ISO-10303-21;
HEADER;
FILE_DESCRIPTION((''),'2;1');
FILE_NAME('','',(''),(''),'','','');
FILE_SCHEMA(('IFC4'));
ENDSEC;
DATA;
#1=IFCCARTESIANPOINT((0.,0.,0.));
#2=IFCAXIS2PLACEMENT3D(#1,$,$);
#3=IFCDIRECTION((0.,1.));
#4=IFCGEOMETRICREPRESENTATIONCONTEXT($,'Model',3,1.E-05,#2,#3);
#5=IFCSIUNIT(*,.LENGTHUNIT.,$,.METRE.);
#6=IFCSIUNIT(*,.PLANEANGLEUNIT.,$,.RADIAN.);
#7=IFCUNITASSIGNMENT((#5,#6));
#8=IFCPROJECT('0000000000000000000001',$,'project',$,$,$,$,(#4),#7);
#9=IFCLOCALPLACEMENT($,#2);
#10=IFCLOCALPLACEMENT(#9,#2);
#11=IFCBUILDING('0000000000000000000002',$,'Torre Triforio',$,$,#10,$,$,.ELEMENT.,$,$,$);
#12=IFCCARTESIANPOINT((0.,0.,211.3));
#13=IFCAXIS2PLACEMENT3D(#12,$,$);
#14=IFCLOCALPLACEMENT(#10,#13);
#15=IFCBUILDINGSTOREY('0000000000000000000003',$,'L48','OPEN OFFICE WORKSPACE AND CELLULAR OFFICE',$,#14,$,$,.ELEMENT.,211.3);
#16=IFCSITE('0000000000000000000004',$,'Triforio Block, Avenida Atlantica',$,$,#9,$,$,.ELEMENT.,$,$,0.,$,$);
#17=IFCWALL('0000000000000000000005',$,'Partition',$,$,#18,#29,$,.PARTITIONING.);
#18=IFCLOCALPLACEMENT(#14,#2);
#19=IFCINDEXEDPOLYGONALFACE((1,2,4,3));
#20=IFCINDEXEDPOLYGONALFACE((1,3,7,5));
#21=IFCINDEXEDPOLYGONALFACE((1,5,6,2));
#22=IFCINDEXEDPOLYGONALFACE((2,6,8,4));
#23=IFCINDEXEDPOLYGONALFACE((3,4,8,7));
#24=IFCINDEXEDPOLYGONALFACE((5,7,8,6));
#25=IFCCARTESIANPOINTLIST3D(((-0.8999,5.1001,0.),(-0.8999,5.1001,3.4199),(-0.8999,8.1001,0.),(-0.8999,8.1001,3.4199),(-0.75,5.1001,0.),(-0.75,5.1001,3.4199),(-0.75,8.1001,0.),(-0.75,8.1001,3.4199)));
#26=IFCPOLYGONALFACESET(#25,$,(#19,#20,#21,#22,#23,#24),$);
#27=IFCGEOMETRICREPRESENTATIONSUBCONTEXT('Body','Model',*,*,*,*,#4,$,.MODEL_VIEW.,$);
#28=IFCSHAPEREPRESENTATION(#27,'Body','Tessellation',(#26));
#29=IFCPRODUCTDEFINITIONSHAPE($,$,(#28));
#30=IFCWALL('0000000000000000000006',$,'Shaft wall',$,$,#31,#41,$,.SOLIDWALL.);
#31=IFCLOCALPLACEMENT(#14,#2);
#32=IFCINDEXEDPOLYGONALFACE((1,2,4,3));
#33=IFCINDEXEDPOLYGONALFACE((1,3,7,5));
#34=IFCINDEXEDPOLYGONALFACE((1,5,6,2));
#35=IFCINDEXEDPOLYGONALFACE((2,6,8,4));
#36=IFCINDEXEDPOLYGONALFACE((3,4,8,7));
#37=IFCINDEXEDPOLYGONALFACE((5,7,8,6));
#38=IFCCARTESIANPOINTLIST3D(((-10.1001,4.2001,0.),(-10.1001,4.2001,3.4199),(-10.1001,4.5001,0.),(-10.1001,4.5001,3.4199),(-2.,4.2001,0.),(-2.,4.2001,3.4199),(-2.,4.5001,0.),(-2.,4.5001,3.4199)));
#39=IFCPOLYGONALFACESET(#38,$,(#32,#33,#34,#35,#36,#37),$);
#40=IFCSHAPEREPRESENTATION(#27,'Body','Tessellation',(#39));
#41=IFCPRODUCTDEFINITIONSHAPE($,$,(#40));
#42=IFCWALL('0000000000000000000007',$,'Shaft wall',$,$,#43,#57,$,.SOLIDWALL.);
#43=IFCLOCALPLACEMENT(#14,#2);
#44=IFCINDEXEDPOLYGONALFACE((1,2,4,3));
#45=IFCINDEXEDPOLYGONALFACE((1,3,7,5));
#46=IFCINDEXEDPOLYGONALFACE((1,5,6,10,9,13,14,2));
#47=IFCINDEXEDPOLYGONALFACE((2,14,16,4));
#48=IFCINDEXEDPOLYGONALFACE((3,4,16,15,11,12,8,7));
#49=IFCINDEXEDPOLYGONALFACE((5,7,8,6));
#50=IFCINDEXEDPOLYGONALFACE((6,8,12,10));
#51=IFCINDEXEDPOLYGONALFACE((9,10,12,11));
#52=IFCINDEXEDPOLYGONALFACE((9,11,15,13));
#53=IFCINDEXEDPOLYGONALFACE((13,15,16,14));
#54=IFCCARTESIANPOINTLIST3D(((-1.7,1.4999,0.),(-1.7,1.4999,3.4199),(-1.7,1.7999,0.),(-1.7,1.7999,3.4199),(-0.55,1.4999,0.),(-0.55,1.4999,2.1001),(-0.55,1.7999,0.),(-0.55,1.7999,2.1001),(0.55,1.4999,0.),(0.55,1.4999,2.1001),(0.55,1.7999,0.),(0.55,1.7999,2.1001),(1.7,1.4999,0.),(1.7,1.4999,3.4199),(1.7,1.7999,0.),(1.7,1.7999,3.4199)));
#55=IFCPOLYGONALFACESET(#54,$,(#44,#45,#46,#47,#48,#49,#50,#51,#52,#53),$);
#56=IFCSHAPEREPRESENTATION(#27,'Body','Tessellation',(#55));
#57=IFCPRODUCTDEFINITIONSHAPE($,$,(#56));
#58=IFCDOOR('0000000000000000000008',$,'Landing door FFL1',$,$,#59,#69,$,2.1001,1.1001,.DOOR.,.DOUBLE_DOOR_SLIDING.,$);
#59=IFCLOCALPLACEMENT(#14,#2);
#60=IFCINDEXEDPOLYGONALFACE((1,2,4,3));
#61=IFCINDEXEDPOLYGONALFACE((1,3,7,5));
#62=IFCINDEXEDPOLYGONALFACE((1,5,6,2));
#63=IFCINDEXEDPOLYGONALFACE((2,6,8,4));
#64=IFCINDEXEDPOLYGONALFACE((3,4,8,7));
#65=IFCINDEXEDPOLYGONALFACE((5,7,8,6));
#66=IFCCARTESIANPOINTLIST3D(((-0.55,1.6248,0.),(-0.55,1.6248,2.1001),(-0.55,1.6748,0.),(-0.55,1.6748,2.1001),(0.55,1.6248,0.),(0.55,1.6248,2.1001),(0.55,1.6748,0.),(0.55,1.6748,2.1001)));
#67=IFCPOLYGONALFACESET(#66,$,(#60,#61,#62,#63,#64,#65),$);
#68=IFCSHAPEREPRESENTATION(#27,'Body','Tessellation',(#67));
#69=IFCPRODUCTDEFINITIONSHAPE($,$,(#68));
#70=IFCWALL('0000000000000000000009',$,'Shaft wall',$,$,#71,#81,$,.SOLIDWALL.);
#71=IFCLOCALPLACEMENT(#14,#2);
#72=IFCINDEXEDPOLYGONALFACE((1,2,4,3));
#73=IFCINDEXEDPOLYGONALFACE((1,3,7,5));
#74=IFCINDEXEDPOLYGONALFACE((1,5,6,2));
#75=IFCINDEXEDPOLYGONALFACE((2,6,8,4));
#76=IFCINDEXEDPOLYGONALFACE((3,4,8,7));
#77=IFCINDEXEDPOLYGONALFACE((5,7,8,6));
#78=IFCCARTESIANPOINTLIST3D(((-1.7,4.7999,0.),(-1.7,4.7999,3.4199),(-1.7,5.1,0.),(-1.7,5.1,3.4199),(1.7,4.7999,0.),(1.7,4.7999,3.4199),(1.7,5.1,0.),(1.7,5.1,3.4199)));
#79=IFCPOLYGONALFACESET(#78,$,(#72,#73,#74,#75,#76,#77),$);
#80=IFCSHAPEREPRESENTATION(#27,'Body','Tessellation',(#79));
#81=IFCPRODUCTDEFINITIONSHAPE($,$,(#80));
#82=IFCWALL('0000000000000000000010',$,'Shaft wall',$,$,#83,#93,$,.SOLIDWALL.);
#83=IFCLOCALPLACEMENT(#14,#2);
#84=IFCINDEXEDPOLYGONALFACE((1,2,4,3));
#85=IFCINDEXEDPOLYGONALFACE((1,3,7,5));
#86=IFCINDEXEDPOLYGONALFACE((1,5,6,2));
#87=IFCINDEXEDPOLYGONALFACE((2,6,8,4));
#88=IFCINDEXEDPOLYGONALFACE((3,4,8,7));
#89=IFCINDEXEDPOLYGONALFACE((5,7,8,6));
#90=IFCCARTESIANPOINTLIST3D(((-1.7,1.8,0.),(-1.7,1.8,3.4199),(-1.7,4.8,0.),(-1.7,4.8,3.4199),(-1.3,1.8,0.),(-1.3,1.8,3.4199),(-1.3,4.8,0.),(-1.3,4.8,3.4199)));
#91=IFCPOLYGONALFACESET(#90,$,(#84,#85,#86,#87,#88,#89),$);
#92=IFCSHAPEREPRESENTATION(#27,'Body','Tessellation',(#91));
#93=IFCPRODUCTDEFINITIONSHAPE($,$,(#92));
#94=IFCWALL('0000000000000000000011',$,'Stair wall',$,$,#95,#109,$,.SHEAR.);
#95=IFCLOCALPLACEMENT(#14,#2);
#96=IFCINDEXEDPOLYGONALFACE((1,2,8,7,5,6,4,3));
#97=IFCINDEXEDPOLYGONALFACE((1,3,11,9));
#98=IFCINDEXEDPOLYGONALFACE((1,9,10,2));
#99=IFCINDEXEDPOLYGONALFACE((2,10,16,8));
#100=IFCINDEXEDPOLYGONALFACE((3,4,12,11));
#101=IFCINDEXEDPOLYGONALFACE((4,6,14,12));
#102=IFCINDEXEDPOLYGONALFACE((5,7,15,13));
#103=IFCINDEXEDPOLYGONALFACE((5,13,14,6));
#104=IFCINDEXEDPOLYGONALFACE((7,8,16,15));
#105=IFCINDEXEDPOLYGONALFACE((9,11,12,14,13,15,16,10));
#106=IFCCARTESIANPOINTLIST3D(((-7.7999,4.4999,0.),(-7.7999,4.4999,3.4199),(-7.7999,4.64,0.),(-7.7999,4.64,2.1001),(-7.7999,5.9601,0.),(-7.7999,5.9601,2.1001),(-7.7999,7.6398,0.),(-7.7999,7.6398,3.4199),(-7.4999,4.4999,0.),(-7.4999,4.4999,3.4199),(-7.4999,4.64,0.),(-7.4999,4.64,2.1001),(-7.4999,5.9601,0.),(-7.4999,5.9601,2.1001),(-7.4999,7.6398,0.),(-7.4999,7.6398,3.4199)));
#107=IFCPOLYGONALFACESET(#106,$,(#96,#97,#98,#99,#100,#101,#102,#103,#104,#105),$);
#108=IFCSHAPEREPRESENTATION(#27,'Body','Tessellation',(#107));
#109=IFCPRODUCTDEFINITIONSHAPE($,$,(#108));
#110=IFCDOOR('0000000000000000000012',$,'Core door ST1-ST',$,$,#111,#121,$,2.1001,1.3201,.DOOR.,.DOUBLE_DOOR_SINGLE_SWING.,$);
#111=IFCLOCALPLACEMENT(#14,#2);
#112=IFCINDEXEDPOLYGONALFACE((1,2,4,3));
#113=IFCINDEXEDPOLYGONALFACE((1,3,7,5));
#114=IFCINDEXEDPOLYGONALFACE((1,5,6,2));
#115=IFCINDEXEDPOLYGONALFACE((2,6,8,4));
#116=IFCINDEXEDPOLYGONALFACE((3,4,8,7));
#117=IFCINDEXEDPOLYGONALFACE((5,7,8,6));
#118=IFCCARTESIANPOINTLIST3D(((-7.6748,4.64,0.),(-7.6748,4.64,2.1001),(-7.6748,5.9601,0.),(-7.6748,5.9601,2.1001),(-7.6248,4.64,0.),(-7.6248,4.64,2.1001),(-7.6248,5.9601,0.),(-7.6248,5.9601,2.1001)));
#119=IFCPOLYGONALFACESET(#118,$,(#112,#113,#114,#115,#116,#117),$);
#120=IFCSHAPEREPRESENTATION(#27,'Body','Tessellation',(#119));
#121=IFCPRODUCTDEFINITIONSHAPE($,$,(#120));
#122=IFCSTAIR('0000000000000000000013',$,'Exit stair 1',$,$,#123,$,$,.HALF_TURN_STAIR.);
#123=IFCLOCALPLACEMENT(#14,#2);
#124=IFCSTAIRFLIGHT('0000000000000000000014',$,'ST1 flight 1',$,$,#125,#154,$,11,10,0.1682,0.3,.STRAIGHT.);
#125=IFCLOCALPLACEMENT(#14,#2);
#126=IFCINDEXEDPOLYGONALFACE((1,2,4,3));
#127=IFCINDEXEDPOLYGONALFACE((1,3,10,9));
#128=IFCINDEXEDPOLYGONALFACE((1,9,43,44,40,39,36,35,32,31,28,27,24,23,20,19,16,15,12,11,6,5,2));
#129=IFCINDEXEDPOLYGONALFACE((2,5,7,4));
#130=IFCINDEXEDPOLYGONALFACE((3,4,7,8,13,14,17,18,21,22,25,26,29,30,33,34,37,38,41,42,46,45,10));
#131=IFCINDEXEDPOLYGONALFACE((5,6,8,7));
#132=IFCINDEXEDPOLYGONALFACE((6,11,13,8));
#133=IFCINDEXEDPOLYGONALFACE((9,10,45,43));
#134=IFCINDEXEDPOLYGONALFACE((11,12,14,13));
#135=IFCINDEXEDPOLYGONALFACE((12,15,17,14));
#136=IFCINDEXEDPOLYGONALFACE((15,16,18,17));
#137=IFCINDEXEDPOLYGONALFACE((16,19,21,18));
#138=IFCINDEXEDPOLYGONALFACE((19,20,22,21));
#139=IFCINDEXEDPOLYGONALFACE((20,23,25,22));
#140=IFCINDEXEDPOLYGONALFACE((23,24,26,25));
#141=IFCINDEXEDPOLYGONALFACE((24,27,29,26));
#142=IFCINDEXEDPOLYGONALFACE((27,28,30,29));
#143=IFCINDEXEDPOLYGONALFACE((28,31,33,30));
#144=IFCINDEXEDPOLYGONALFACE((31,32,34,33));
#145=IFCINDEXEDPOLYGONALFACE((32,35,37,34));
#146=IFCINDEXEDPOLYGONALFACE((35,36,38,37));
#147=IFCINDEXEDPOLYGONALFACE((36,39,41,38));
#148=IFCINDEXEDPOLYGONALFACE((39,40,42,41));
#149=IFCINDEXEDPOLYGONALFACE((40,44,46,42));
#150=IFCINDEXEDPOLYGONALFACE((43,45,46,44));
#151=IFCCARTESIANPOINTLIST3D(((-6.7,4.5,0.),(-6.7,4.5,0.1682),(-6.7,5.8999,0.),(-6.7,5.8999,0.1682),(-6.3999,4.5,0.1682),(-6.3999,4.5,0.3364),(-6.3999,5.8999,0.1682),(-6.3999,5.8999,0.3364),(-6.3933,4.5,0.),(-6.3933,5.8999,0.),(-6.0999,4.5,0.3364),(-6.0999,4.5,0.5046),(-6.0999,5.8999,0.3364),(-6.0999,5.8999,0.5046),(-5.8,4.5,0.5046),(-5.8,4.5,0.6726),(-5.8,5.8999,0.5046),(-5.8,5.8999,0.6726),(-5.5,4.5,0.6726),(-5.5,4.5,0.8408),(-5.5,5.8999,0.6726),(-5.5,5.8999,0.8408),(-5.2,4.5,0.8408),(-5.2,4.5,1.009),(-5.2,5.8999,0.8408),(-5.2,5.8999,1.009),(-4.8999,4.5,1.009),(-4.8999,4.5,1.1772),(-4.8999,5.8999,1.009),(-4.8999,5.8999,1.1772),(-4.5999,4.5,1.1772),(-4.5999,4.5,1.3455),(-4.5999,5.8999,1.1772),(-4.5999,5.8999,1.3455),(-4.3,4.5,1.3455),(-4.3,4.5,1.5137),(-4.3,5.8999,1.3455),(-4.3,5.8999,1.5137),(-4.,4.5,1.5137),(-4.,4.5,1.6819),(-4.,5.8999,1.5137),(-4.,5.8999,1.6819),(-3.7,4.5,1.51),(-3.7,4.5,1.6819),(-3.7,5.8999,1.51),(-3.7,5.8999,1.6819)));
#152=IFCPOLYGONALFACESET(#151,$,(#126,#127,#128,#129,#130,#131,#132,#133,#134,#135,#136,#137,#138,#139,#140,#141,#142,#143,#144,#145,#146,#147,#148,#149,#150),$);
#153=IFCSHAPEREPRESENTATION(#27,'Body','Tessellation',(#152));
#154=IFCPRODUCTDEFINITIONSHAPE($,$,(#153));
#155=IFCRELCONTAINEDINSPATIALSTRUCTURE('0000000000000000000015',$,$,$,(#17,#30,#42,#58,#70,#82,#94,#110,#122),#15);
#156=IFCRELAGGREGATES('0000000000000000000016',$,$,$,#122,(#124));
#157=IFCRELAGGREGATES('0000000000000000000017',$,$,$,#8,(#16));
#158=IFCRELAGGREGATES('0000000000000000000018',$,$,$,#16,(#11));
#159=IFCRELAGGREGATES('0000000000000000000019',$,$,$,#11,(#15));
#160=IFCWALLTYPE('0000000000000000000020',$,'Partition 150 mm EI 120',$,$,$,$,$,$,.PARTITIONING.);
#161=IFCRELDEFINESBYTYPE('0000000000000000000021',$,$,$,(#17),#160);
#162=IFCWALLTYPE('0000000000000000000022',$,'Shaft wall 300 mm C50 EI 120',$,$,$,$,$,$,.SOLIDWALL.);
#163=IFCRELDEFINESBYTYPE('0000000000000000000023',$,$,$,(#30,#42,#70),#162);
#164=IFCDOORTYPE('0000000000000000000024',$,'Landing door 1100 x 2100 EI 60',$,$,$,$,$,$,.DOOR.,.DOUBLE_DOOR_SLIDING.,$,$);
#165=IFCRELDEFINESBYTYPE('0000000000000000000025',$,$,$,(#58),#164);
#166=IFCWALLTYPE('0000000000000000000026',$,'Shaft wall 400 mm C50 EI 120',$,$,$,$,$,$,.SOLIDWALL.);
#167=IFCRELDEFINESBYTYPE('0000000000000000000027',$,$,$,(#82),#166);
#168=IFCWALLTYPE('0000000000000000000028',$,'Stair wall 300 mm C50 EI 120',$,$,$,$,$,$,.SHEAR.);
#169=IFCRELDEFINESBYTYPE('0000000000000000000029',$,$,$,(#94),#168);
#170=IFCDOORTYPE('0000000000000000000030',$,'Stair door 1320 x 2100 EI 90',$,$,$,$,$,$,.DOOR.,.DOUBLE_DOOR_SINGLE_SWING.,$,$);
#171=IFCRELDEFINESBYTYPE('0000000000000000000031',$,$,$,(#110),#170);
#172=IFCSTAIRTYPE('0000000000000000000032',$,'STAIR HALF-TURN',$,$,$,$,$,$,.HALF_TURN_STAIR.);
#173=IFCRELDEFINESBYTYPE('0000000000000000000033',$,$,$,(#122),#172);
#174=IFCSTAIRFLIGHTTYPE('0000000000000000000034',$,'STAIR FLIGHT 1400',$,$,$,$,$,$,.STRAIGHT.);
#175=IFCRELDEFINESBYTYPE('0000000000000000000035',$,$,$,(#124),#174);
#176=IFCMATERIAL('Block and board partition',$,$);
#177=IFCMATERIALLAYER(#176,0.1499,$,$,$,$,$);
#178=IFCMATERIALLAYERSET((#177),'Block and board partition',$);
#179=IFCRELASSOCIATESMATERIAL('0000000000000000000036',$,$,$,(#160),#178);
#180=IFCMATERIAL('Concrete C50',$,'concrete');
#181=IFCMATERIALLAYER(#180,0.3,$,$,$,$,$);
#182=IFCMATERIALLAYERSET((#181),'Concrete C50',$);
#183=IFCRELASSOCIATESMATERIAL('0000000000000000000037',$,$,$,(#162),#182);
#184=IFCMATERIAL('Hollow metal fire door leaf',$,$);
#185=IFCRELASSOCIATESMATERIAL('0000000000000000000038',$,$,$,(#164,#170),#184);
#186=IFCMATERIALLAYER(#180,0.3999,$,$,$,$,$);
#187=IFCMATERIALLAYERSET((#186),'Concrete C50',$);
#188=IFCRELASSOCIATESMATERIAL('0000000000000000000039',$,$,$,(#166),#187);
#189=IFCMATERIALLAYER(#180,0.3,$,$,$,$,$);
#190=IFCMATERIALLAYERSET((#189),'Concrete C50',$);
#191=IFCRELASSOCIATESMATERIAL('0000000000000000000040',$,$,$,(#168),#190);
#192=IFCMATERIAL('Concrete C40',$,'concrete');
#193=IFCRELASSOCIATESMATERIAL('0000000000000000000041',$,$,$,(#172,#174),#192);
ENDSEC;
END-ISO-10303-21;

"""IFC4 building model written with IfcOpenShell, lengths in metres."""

from ifc_helpers import new_model, si_unit, direction, frame, frame_2d, origin, place, context, subcontext, project, spatial, polyline, rectangle, outline, extrude, material, layer, layer_set, type_object, element, fill, aggregate, save


model = new_model("IFC4")

# Units and contexts
model_context = context("Model", 3, precision=1e-05, world=origin(), true_north=direction((0.0, 1.0)))
body_context = subcontext(model_context, "Body", "Model", "MODEL_VIEW")
ifc_project = project(units=[si_unit("LENGTHUNIT", "METRE"), si_unit("PLANEANGLEUNIT", "RADIAN")], contexts=[model_context])

# Site, building, storey
site_placement = place(None, origin())
site = spatial("IfcSite", under=ifc_project, at=site_placement, Name="Triforio Block, Avenida Atlantica", CompositionType="ELEMENT", RefElevation=0.0)
building_placement = place(site_placement, origin())
building = spatial("IfcBuilding", under=site, at=building_placement, Name="Torre Triforio", CompositionType="ELEMENT")
storey_placement = place(building_placement, frame((0.0, 0.0, 211.3)))
storey = spatial("IfcBuildingStorey", under=building, at=storey_placement, Name="L48", Description="OPEN OFFICE WORKSPACE AND CELLULAR OFFICE", CompositionType="ELEMENT", Elevation=211.3)

# Shared definitions
ifc_material_1 = material(Name="Concrete C40", Category="concrete")

# Walls
ifc_material_2 = material(Name="Concrete C50", Category="concrete")
ifc_material_3 = material(Name="Block and board partition")
ifc_layer_1 = layer(ifc_material_3, 0.1499)
ifc_layer_set_1 = layer_set([ifc_layer_1], Name="Block and board partition")
wall_type_1 = type_object("IfcWallType", Name="Partition 150 mm EI 120", PredefinedType="PARTITIONING", material=ifc_layer_set_1)
wall_1_placement = place(storey_placement, frame((-0.825, 5.1001, 0.0), z_axis=(0.0, 0.0, 1.0), x_axis=(0.0, 1.0, 0.0)))
element("IfcWall", 1, at=wall_1_placement, inside=storey, type_object=wall_type_1, Name="Partition", PredefinedType="PARTITIONING", context=body_context, shape_type="SweptSolid", body=[
    extrude(rectangle(XDim=3.0, YDim=0.1499, at=frame_2d((1.5, 0.0))), origin(), (0.0, 0.0, 1.0), 3.4199),
])
ifc_layer_2 = layer(ifc_material_2, 0.3)
ifc_layer_set_2 = layer_set([ifc_layer_2], Name="Concrete C50")
wall_type_2 = type_object("IfcWallType", Name="Shaft wall 300 mm C50 EI 120", PredefinedType="SOLIDWALL", material=ifc_layer_set_2)
wall_2_placement = place(storey_placement, frame((-10.1001, 4.3501, 0.0), z_axis=(0.0, 0.0, 1.0), x_axis=(1.0, 0.0, 0.0)))
element("IfcWall", 2, at=wall_2_placement, inside=storey, type_object=wall_type_2, Name="Shaft wall", PredefinedType="SOLIDWALL", context=body_context, shape_type="SweptSolid", body=[
    extrude(rectangle(XDim=8.1001, YDim=0.3, at=frame_2d((4.05, 0.0))), origin(), (0.0, 0.0, 1.0), 3.4199),
])

# Wall, opening, door
wall_3_placement = place(storey_placement, frame((-1.7, 1.6499, 0.0), z_axis=(0.0, 0.0, 1.0), x_axis=(1.0, 0.0, 0.0)))
wall_3 = element("IfcWall", 3, at=wall_3_placement, inside=storey, type_object=wall_type_2, Name="Shaft wall", PredefinedType="SOLIDWALL", context=body_context, shape_type="SweptSolid", body=[
    extrude(rectangle(XDim=3.3999, YDim=0.3, at=frame_2d((1.7, 0.0))), origin(), (0.0, 0.0, 1.0), 3.4199),
])
opening_1_placement = place(wall_3_placement, frame((1.1499, 0.0, 0.0)))
opening_1 = element("IfcOpeningElement", 4, at=opening_1_placement, cuts=wall_3, PredefinedType="OPENING", context=body_context, shape_type="SweptSolid", body=[
    extrude(rectangle(XDim=1.1001, YDim=2.1001, at=frame_2d((0.55, 1.05))), frame((0.0, 0.1599, 0.0), z_axis=(0.0, -1.0, 0.0), x_axis=(1.0, 0.0, 0.0)), (0.0, 0.0, 1.0), 0.3201),
])
ifc_material_4 = material(Name="Hollow metal fire door leaf")
door_type_1 = type_object("IfcDoorType", Name="Landing door 1100 x 2100 EI 60", OperationType="DOUBLE_DOOR_SLIDING", PredefinedType="DOOR", material=ifc_material_4)
door_1_placement = place(opening_1_placement, origin())
door_1 = element("IfcDoor", 5, at=door_1_placement, inside=storey, type_object=door_type_1, Name="Landing door FFL1", OperationType="DOUBLE_DOOR_SLIDING", OverallHeight=2.1001, OverallWidth=1.1001, PredefinedType="DOOR", context=body_context, shape_type="SweptSolid", body=[
    extrude(rectangle(XDim=1.1001, YDim=2.1001, at=frame_2d((0.55, 1.05))), frame((0.0, 0.0249, 0.0), z_axis=(0.0, -1.0, 0.0), x_axis=(1.0, 0.0, 0.0)), (0.0, 0.0, 1.0), 0.05),
])
fill(opening_1, door_1)

# Walls
wall_4_placement = place(storey_placement, frame((-1.7, 4.95, 0.0), z_axis=(0.0, 0.0, 1.0), x_axis=(1.0, 0.0, 0.0)))
element("IfcWall", 6, at=wall_4_placement, inside=storey, type_object=wall_type_2, Name="Shaft wall", PredefinedType="SOLIDWALL", context=body_context, shape_type="SweptSolid", body=[
    extrude(rectangle(XDim=3.3999, YDim=0.3, at=frame_2d((1.7, 0.0))), origin(), (0.0, 0.0, 1.0), 3.4199),
])
ifc_layer_3 = layer(ifc_material_2, 0.3999)
ifc_layer_set_3 = layer_set([ifc_layer_3], Name="Concrete C50")
wall_type_3 = type_object("IfcWallType", Name="Shaft wall 400 mm C50 EI 120", PredefinedType="SOLIDWALL", material=ifc_layer_set_3)
wall_5_placement = place(storey_placement, frame((-1.5, 1.8, 0.0), z_axis=(0.0, 0.0, 1.0), x_axis=(0.0, 1.0, 0.0)))
element("IfcWall", 7, at=wall_5_placement, inside=storey, type_object=wall_type_3, Name="Shaft wall", PredefinedType="SOLIDWALL", context=body_context, shape_type="SweptSolid", body=[
    extrude(rectangle(XDim=3.0, YDim=0.3999, at=frame_2d((1.5, 0.0))), origin(), (0.0, 0.0, 1.0), 3.4199),
])

# Wall, opening, door
ifc_layer_4 = layer(ifc_material_2, 0.3)
ifc_layer_set_4 = layer_set([ifc_layer_4], Name="Concrete C50")
wall_type_4 = type_object("IfcWallType", Name="Stair wall 300 mm C50 EI 120", PredefinedType="SHEAR", material=ifc_layer_set_4)
wall_6_placement = place(storey_placement, frame((-7.6499, 4.5, 0.0), z_axis=(0.0, 0.0, 1.0), x_axis=(0.0, 1.0, 0.0)))
wall_6 = element("IfcWall", 8, at=wall_6_placement, inside=storey, type_object=wall_type_4, Name="Stair wall", PredefinedType="SHEAR", context=body_context, shape_type="SweptSolid", body=[
    extrude(rectangle(XDim=3.1399, YDim=0.3, at=frame_2d((1.5698, 0.0))), origin(), (0.0, 0.0, 1.0), 3.4199),
])
opening_2_placement = place(wall_6_placement, frame((0.1399, 0.0, 0.0)))
opening_2 = element("IfcOpeningElement", 9, at=opening_2_placement, cuts=wall_6, PredefinedType="OPENING", context=body_context, shape_type="SweptSolid", body=[
    extrude(rectangle(XDim=1.3201, YDim=2.1001, at=frame_2d((0.6602, 1.05))), frame((0.0, 0.1599, 0.0), z_axis=(0.0, -1.0, 0.0), x_axis=(1.0, 0.0, 0.0)), (0.0, 0.0, 1.0), 0.3201),
])
door_type_2 = type_object("IfcDoorType", Name="Stair door 1320 x 2100 EI 90", OperationType="DOUBLE_DOOR_SINGLE_SWING", PredefinedType="DOOR", material=ifc_material_4)
door_2_placement = place(opening_2_placement, origin())
door_2 = element("IfcDoor", 10, at=door_2_placement, inside=storey, type_object=door_type_2, Name="Core door ST1-ST", OperationType="DOUBLE_DOOR_SINGLE_SWING", OverallHeight=2.1001, OverallWidth=1.3201, PredefinedType="DOOR", context=body_context, shape_type="SweptSolid", body=[
    extrude(rectangle(XDim=1.3201, YDim=2.1001, at=frame_2d((0.6602, 1.05))), frame((0.0, 0.0249, 0.0), z_axis=(0.0, -1.0, 0.0), x_axis=(1.0, 0.0, 0.0)), (0.0, 0.0, 1.0), 0.05),
])
fill(opening_2, door_2)

# Stair, stair flight
stair_type = type_object("IfcStairType", Name="STAIR HALF-TURN", PredefinedType="HALF_TURN_STAIR", material=ifc_material_1)
stair_placement = place(storey_placement, origin())
stair = element("IfcStair", 11, at=stair_placement, inside=storey, type_object=stair_type, Name="Exit stair 1", PredefinedType="HALF_TURN_STAIR")
stair_flight_type = type_object("IfcStairFlightType", Name="STAIR FLIGHT 1400", PredefinedType="STRAIGHT", material=ifc_material_1)
stair_flight_placement = place(storey_placement, frame((-6.7, 5.2, 0.0), z_axis=(0.0, 0.0, 1.0), x_axis=(1.0, 0.0, 0.0)))
stair_flight = element("IfcStairFlight", 12, at=stair_flight_placement, type_object=stair_flight_type, Name="ST1 flight 1", NumberOfRisers=11, NumberOfTreads=10, PredefinedType="STRAIGHT", RiserHeight=0.1682, TreadLength=0.3, context=body_context, shape_type="SweptSolid", body=[
    extrude(outline(polyline([(0.0, 0.0), (0.0, 0.1682), (0.3, 0.1682), (0.3, 0.3364), (0.6001, 0.3364), (0.6001, 0.5046), (0.8999, 0.5046), (0.8999, 0.6726), (1.2, 0.6726), (1.2, 0.8408), (1.5, 0.8408), (1.5, 1.009), (1.8, 1.009), (1.8, 1.1772), (2.1001, 1.1772), (2.1001, 1.3455), (2.3999, 1.3455), (2.3999, 1.5137), (2.7, 1.5137), (2.7, 1.6819), (3.0, 1.6819), (3.0, 1.8501), (3.0, 1.51), (0.3066, 0.0), (0.0, 0.0)])), frame((0.0, 0.7, 0.0), z_axis=(0.0, -1.0, 0.0), x_axis=(1.0, 0.0, 0.0)), (0.0, 0.0, 1.0), 1.3999),
])
aggregate(stair, [stair_flight])

save(model, "model.ifc")
